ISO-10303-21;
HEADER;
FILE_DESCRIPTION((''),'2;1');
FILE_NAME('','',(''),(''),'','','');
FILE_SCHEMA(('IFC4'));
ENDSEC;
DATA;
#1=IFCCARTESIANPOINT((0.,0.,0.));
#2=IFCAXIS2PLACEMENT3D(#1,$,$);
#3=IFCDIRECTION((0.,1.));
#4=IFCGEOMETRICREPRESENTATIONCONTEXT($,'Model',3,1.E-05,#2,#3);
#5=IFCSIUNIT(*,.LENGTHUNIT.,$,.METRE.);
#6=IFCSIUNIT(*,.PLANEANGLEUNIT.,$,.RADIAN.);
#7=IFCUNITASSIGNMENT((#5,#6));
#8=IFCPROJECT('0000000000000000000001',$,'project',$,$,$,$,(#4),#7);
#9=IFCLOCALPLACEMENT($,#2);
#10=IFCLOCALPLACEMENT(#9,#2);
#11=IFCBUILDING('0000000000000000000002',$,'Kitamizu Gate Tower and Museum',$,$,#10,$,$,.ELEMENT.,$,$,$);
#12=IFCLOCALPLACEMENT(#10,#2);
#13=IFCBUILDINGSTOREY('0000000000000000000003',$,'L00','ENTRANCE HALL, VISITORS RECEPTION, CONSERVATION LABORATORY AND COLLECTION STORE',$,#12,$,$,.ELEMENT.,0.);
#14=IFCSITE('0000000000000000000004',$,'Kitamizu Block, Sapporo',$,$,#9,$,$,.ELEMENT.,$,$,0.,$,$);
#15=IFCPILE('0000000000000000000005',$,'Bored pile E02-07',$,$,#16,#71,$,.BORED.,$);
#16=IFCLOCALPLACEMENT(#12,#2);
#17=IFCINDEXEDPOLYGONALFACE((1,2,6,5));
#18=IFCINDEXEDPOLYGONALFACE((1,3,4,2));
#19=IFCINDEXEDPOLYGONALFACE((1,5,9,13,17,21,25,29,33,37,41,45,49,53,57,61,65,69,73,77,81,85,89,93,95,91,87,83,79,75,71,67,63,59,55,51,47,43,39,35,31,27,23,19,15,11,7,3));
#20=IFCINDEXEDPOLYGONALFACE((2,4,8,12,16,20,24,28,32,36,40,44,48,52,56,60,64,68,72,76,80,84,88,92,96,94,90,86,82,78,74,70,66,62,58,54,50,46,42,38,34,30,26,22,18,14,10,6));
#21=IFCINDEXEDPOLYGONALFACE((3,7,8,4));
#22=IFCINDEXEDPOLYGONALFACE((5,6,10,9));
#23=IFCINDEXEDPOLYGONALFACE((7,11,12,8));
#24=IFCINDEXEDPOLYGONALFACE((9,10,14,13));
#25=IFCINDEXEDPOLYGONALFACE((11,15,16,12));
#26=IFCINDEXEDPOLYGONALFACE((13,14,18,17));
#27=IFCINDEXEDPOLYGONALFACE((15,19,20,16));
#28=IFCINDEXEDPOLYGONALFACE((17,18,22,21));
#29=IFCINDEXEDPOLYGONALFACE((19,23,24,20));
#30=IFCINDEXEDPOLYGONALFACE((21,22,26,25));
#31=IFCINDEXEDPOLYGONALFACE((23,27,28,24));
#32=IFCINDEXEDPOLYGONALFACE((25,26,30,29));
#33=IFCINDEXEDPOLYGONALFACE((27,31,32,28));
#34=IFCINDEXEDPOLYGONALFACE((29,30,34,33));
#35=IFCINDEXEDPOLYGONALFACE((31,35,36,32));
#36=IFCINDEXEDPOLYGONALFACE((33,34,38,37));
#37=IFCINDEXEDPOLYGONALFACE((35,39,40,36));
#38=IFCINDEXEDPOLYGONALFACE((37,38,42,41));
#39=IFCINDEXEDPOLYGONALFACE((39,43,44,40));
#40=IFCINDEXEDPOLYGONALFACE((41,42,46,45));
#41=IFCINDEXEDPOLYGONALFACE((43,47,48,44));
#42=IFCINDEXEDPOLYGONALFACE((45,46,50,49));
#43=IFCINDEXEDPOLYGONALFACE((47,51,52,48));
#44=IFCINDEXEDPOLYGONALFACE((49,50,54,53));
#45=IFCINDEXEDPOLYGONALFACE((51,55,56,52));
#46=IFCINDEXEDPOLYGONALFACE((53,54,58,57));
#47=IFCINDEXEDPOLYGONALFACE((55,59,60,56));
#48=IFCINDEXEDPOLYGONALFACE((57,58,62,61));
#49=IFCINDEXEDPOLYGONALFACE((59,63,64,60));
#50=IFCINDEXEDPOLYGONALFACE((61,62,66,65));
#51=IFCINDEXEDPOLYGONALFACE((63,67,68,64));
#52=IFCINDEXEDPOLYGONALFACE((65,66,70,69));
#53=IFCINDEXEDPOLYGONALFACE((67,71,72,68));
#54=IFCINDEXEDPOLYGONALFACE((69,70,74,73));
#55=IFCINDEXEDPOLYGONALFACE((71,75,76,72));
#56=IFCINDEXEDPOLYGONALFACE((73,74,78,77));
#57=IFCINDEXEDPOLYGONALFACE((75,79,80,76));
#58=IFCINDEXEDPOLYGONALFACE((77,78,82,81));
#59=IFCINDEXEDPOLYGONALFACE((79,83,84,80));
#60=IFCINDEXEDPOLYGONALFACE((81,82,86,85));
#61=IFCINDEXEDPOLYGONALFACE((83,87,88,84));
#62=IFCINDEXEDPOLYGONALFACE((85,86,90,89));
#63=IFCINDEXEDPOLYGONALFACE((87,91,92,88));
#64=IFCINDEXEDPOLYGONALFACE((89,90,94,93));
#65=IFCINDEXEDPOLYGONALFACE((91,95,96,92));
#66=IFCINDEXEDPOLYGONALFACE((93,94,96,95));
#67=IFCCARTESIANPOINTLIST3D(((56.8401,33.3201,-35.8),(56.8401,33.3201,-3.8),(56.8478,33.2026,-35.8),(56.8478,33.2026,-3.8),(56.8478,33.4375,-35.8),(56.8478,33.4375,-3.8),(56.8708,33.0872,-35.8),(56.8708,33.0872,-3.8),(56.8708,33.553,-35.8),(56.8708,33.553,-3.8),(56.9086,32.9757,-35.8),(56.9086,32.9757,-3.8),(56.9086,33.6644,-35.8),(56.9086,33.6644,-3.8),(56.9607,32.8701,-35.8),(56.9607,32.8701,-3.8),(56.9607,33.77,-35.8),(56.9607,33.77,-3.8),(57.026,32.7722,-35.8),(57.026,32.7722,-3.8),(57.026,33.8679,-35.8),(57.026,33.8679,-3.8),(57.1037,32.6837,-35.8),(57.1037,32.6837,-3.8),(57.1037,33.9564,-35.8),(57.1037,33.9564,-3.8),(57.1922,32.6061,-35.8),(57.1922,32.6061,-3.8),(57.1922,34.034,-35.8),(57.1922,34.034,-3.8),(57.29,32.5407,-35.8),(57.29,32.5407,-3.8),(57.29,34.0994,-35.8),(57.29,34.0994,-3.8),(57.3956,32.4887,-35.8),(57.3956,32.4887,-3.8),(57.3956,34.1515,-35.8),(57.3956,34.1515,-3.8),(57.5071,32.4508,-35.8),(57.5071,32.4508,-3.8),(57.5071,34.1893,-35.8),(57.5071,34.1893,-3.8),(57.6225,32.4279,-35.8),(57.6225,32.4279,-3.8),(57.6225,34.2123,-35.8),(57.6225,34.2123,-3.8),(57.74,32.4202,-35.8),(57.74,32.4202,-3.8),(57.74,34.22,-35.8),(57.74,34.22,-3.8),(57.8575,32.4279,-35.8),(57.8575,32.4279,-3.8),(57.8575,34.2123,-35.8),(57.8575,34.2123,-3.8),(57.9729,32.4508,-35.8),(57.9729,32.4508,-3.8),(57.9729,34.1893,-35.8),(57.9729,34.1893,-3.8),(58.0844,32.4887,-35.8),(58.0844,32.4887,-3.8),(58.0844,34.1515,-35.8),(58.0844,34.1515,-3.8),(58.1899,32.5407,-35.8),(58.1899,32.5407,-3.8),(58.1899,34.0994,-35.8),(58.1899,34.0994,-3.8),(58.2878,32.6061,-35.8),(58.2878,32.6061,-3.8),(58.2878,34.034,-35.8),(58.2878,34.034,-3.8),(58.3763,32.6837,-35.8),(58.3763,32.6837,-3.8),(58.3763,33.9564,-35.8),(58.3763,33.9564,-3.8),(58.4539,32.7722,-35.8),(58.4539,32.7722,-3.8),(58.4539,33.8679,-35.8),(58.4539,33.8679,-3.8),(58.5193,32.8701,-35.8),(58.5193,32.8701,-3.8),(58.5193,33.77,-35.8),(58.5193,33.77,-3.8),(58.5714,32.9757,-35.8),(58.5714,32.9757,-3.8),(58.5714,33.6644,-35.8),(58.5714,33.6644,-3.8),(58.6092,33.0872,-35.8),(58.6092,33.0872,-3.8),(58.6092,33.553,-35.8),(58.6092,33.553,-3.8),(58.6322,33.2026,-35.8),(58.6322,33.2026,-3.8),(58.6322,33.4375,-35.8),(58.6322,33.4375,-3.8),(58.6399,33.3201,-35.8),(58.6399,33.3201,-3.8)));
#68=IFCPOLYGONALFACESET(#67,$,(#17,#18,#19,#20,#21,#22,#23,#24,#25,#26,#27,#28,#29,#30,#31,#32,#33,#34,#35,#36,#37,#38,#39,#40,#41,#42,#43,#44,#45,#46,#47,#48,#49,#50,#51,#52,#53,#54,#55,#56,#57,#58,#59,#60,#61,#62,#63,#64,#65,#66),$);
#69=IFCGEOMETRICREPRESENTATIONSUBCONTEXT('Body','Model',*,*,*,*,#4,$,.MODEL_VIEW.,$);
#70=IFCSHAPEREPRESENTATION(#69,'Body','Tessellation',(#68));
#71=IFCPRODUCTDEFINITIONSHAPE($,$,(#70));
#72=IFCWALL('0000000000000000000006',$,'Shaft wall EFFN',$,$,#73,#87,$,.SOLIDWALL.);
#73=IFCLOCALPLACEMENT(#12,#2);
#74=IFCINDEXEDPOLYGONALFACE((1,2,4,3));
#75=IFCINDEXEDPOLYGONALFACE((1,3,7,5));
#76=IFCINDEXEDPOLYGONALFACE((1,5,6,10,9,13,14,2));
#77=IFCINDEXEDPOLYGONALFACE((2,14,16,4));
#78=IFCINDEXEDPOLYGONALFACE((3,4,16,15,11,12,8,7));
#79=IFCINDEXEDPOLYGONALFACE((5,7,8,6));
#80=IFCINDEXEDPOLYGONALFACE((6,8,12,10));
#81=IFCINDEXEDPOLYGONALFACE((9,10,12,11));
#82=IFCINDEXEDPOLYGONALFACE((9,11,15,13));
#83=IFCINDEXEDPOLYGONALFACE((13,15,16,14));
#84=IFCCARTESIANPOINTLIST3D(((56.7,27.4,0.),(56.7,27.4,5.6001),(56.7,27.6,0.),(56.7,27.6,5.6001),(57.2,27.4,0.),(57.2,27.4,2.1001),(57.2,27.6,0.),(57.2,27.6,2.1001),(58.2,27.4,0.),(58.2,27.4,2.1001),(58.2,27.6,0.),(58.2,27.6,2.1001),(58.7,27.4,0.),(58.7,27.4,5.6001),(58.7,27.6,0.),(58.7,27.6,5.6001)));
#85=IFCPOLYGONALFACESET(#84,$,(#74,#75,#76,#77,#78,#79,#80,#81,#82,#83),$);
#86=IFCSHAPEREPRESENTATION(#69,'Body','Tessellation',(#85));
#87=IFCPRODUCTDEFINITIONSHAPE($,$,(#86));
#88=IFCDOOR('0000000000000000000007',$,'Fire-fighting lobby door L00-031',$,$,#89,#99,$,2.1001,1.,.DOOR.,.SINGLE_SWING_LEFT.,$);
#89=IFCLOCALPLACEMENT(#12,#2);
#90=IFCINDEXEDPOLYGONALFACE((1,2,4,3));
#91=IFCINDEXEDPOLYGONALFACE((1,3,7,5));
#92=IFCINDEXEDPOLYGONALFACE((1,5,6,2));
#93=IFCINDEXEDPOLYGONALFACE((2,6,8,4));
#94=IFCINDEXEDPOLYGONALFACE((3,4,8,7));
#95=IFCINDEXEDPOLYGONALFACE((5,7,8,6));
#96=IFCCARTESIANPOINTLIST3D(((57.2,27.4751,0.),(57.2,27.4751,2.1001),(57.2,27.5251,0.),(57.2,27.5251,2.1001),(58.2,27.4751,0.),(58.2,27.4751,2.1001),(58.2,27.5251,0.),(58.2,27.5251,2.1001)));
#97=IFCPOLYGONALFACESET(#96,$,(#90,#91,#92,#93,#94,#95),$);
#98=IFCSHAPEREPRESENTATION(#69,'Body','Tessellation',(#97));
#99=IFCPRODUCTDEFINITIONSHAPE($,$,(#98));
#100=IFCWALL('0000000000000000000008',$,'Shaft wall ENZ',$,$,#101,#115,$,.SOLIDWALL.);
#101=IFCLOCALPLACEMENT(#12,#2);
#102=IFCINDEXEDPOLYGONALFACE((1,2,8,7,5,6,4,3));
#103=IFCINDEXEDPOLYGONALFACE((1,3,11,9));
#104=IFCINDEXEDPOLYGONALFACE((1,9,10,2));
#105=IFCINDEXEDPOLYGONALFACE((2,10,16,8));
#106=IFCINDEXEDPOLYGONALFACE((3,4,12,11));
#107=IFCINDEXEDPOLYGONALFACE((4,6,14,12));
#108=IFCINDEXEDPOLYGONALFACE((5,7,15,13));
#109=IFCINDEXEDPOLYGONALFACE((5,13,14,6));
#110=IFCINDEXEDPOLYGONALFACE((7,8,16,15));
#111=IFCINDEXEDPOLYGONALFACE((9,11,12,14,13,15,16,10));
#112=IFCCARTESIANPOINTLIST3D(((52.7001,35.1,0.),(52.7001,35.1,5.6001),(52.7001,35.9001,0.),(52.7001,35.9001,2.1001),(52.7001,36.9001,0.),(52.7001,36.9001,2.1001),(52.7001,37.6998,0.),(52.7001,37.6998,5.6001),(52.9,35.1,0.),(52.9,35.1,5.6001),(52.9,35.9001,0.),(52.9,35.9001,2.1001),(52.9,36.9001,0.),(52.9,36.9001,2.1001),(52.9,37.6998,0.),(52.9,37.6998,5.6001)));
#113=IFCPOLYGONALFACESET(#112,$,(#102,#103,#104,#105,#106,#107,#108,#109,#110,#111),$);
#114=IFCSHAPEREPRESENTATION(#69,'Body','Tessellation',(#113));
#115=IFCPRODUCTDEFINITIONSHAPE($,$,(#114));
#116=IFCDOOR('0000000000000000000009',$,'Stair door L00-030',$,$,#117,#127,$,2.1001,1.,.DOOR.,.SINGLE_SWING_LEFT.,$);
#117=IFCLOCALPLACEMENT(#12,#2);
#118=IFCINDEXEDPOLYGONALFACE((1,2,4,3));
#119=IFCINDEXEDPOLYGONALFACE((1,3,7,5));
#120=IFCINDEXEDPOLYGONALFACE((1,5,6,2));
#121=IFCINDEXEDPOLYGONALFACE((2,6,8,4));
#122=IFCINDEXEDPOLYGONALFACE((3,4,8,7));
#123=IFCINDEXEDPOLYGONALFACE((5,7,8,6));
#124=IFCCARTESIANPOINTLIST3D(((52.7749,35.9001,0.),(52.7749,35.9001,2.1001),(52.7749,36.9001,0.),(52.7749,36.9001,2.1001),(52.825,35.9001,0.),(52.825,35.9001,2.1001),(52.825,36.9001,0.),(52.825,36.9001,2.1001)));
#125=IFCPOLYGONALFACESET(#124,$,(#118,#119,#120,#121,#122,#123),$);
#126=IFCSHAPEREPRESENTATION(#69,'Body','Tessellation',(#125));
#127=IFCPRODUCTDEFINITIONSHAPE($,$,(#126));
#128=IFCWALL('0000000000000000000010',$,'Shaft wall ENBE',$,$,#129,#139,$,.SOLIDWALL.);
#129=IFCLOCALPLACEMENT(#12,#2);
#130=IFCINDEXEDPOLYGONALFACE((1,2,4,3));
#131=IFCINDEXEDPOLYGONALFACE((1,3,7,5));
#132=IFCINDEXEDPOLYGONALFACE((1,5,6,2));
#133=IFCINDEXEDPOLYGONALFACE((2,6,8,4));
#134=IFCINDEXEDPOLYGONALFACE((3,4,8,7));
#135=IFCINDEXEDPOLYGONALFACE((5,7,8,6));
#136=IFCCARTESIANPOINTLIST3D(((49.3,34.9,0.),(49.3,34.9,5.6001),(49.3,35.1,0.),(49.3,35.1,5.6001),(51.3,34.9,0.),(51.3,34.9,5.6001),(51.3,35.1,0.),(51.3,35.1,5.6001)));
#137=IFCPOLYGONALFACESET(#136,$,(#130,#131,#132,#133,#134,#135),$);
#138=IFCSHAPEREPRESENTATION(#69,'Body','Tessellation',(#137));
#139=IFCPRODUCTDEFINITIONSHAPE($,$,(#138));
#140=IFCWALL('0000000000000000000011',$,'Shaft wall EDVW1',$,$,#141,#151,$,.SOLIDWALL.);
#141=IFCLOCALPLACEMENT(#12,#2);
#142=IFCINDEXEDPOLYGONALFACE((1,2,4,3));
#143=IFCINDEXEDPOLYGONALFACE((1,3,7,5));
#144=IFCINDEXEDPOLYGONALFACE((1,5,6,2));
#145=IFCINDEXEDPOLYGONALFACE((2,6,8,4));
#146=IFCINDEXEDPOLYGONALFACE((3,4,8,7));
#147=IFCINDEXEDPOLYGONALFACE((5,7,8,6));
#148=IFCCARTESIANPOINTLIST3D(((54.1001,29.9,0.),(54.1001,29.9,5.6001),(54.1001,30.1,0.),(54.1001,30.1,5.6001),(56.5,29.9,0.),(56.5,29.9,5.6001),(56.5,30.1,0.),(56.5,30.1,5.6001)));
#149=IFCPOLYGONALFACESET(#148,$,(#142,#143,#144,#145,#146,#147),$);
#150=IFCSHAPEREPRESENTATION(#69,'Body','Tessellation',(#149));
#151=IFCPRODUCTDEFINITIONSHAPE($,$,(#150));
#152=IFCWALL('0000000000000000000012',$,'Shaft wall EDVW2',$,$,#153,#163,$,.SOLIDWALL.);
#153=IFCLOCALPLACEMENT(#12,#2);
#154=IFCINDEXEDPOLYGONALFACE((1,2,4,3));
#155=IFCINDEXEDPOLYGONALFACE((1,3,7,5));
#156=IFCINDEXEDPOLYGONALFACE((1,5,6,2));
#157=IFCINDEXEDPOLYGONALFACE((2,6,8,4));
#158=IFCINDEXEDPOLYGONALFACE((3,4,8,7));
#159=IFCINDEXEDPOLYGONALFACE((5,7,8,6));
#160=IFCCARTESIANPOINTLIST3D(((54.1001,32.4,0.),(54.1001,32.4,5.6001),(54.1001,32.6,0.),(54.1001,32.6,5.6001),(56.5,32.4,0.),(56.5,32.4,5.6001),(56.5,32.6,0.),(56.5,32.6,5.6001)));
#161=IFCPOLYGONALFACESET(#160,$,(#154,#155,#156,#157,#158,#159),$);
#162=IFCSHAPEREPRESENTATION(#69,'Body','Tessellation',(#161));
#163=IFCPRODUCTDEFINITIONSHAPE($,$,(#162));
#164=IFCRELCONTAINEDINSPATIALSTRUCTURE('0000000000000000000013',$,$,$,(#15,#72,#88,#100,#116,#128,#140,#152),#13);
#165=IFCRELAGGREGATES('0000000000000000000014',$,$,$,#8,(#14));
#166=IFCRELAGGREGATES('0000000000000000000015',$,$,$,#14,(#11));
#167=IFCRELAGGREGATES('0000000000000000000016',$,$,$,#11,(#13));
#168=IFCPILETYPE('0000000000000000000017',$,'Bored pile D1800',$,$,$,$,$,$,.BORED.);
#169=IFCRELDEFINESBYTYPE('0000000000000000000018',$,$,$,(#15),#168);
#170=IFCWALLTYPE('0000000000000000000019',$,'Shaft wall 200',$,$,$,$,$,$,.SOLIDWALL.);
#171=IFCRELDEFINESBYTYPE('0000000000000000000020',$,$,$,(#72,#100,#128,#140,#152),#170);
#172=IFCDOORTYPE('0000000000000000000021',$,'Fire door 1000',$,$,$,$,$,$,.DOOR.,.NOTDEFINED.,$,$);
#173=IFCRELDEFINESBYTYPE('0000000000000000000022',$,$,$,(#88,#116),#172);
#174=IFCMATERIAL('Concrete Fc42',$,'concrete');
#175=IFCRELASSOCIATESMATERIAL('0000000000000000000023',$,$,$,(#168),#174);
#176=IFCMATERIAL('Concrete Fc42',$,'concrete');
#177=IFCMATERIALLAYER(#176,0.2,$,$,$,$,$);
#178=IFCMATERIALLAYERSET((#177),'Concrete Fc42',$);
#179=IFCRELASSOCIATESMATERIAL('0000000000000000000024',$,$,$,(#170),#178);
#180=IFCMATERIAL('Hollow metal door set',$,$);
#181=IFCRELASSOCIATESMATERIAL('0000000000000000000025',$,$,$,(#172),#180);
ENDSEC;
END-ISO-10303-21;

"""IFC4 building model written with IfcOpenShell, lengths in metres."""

from ifc_helpers import new_model, si_unit, direction, frame, frame_2d, origin, origin_2d, place, context, subcontext, project, spatial, rectangle, circle, extrude, material, layer, layer_set, material_profile, profile_set, type_object, element, fill, save


model = new_model("IFC4")

# Units and contexts
model_context = context("Model", 3, precision=1e-05, world=origin(), true_north=direction((0.0, 1.0)))
body_context = subcontext(model_context, "Body", "Model", "MODEL_VIEW")
ifc_project = project(units=[si_unit("LENGTHUNIT", "METRE"), si_unit("PLANEANGLEUNIT", "RADIAN")], contexts=[model_context])

# Site, building, storey
site_placement = place(None, origin())
site = spatial("IfcSite", under=ifc_project, at=site_placement, Name="Kitamizu Block, Sapporo", CompositionType="ELEMENT", RefElevation=0.0)
building_placement = place(site_placement, origin())
building = spatial("IfcBuilding", under=site, at=building_placement, Name="Kitamizu Gate Tower and Museum", CompositionType="ELEMENT")
storey_placement = place(building_placement, origin())
storey = spatial("IfcBuildingStorey", under=building, at=storey_placement, Name="L00", Description="ENTRANCE HALL, VISITORS RECEPTION, CONSERVATION LABORATORY AND COLLECTION STORE", CompositionType="ELEMENT", Elevation=0.0)

# Pile
ifc_material_1 = material(Name="Concrete Fc42", Category="concrete")
ifc_material_profile = material_profile(ifc_material_1, circle(Radius=0.8999, at=origin_2d()), Name="Bored pile D1800")
ifc_profile_set = profile_set([ifc_material_profile], Name="Concrete Fc42")
pile_type = type_object("IfcPileType", Name="Bored pile D1800", PredefinedType="BORED", material=ifc_profile_set)
for number, where, z_axis, x_axis, name in (
    (1, (57.74, 33.3201, -3.8), (0.0, 0.0, -1.0), (1.0, 0.0, 0.0), "Bored pile E02-07"),
):
    element("IfcPile", number, at=place(storey_placement, frame(where, z_axis=z_axis, x_axis=x_axis)), inside=storey, type_object=pile_type, Name=name, PredefinedType="BORED", context=body_context, shape_type="SweptSolid", body=[
        extrude(circle(Radius=0.8999, at=origin_2d()), origin(), (0.0, 0.0, 1.0), 32.0),
    ])

# Walls, openings, doors
ifc_material_2 = material(Name="Concrete Fc42", Category="concrete")
ifc_layer = layer(ifc_material_2, 0.2)
ifc_layer_set = layer_set([ifc_layer], Name="Concrete Fc42")
wall_type = type_object("IfcWallType", Name="Shaft wall 200", PredefinedType="SOLIDWALL", material=ifc_layer_set)
wall_1_placement = place(storey_placement, frame((58.7, 27.5, 0.0), z_axis=(0.0, 0.0, 1.0), x_axis=(-1.0, 0.0, 0.0)))
wall_1 = element("IfcWall", 2, at=wall_1_placement, inside=storey, type_object=wall_type, Name="Shaft wall EFFN", PredefinedType="SOLIDWALL", context=body_context, shape_type="SweptSolid", body=[
    extrude(rectangle(XDim=2.0, YDim=0.2, at=frame_2d((1.0, 0.0))), origin(), (0.0, 0.0, 1.0), 5.6001),
])
opening_1_placement = place(wall_1_placement, frame((0.5, 0.0, 0.0)))
opening_1 = element("IfcOpeningElement", 3, at=opening_1_placement, cuts=wall_1, PredefinedType="OPENING", context=body_context, shape_type="SweptSolid", body=[
    extrude(rectangle(XDim=1.0, YDim=2.1001, at=frame_2d((0.5, 1.05))), frame((0.0, 0.1099, 0.0), z_axis=(0.0, -1.0, 0.0), x_axis=(1.0, 0.0, 0.0)), (0.0, 0.0, 1.0), 0.22),
])
ifc_material_3 = material(Name="Hollow metal door set")
door_type = type_object("IfcDoorType", Name="Fire door 1000", OperationType="NOTDEFINED", PredefinedType="DOOR", material=ifc_material_3)
door_1_placement = place(opening_1_placement, origin())
door_1 = element("IfcDoor", 4, at=door_1_placement, inside=storey, type_object=door_type, Name="Fire-fighting lobby door L00-031", OperationType="SINGLE_SWING_LEFT", OverallHeight=2.1001, OverallWidth=1.0, PredefinedType="DOOR", context=body_context, shape_type="SweptSolid", body=[
    extrude(rectangle(XDim=1.0, YDim=2.1001, at=frame_2d((0.5, 1.05))), frame((0.0, 0.0249, 0.0), z_axis=(0.0, -1.0, 0.0), x_axis=(1.0, 0.0, 0.0)), (0.0, 0.0, 1.0), 0.05),
])
fill(opening_1, door_1)
wall_2_placement = place(storey_placement, frame((52.8, 35.1001, 0.0), z_axis=(0.0, 0.0, 1.0), x_axis=(0.0, 1.0, 0.0)))
wall_2 = element("IfcWall", 5, at=wall_2_placement, inside=storey, type_object=wall_type, Name="Shaft wall ENZ", PredefinedType="SOLIDWALL", context=body_context, shape_type="SweptSolid", body=[
    extrude(rectangle(XDim=2.5999, YDim=0.2, at=frame_2d((1.2998, 0.0))), origin(), (0.0, 0.0, 1.0), 5.6001),
])
opening_2_placement = place(wall_2_placement, frame((0.8, 0.0, 0.0)))
opening_2 = element("IfcOpeningElement", 6, at=opening_2_placement, cuts=wall_2, PredefinedType="OPENING", context=body_context, shape_type="SweptSolid", body=[
    extrude(rectangle(XDim=1.0, YDim=2.1001, at=frame_2d((0.5, 1.05))), frame((0.0, 0.1099, 0.0), z_axis=(0.0, -1.0, 0.0), x_axis=(1.0, 0.0, 0.0)), (0.0, 0.0, 1.0), 0.22),
])
door_2_placement = place(opening_2_placement, frame((1.0, 0.0, 0.0), x_axis=(-1.0, 0.0, 0.0)))
door_2 = element("IfcDoor", 7, at=door_2_placement, inside=storey, type_object=door_type, Name="Stair door L00-030", OperationType="SINGLE_SWING_LEFT", OverallHeight=2.1001, OverallWidth=1.0, PredefinedType="DOOR", context=body_context, shape_type="SweptSolid", body=[
    extrude(rectangle(XDim=1.0, YDim=2.1001, at=frame_2d((0.5, 1.05))), frame((0.0, 0.0249, 0.0), z_axis=(0.0, -1.0, 0.0), x_axis=(1.0, 0.0, 0.0)), (0.0, 0.0, 1.0), 0.05),
])
fill(opening_2, door_2)

# Walls
wall_3_placement = place(storey_placement, frame((51.3, 35.0, 0.0), z_axis=(0.0, 0.0, 1.0), x_axis=(-1.0, 0.0, 0.0)))
element("IfcWall", 8, at=wall_3_placement, inside=storey, type_object=wall_type, Name="Shaft wall ENBE", PredefinedType="SOLIDWALL", context=body_context, shape_type="SweptSolid", body=[
    extrude(rectangle(XDim=2.0, YDim=0.2, at=frame_2d((1.0, 0.0))), origin(), (0.0, 0.0, 1.0), 5.6001),
])
for number, where, z_axis, x_axis, name in (
    (9, (56.5, 30.0, 0.0), (0.0, 0.0, 1.0), (-1.0, 0.0, 0.0), "Shaft wall EDVW1"),
    (10, (56.5, 32.5, 0.0), (0.0, 0.0, 1.0), (-1.0, 0.0, 0.0), "Shaft wall EDVW2"),
):
    element("IfcWall", number, at=place(storey_placement, frame(where, z_axis=z_axis, x_axis=x_axis)), inside=storey, type_object=wall_type, Name=name, PredefinedType="SOLIDWALL", context=body_context, shape_type="SweptSolid", body=[
        extrude(rectangle(XDim=2.3999, YDim=0.2, at=frame_2d((1.2, 0.0))), origin(), (0.0, 0.0, 1.0), 5.6001),
    ])

save(model, "model.ifc")
